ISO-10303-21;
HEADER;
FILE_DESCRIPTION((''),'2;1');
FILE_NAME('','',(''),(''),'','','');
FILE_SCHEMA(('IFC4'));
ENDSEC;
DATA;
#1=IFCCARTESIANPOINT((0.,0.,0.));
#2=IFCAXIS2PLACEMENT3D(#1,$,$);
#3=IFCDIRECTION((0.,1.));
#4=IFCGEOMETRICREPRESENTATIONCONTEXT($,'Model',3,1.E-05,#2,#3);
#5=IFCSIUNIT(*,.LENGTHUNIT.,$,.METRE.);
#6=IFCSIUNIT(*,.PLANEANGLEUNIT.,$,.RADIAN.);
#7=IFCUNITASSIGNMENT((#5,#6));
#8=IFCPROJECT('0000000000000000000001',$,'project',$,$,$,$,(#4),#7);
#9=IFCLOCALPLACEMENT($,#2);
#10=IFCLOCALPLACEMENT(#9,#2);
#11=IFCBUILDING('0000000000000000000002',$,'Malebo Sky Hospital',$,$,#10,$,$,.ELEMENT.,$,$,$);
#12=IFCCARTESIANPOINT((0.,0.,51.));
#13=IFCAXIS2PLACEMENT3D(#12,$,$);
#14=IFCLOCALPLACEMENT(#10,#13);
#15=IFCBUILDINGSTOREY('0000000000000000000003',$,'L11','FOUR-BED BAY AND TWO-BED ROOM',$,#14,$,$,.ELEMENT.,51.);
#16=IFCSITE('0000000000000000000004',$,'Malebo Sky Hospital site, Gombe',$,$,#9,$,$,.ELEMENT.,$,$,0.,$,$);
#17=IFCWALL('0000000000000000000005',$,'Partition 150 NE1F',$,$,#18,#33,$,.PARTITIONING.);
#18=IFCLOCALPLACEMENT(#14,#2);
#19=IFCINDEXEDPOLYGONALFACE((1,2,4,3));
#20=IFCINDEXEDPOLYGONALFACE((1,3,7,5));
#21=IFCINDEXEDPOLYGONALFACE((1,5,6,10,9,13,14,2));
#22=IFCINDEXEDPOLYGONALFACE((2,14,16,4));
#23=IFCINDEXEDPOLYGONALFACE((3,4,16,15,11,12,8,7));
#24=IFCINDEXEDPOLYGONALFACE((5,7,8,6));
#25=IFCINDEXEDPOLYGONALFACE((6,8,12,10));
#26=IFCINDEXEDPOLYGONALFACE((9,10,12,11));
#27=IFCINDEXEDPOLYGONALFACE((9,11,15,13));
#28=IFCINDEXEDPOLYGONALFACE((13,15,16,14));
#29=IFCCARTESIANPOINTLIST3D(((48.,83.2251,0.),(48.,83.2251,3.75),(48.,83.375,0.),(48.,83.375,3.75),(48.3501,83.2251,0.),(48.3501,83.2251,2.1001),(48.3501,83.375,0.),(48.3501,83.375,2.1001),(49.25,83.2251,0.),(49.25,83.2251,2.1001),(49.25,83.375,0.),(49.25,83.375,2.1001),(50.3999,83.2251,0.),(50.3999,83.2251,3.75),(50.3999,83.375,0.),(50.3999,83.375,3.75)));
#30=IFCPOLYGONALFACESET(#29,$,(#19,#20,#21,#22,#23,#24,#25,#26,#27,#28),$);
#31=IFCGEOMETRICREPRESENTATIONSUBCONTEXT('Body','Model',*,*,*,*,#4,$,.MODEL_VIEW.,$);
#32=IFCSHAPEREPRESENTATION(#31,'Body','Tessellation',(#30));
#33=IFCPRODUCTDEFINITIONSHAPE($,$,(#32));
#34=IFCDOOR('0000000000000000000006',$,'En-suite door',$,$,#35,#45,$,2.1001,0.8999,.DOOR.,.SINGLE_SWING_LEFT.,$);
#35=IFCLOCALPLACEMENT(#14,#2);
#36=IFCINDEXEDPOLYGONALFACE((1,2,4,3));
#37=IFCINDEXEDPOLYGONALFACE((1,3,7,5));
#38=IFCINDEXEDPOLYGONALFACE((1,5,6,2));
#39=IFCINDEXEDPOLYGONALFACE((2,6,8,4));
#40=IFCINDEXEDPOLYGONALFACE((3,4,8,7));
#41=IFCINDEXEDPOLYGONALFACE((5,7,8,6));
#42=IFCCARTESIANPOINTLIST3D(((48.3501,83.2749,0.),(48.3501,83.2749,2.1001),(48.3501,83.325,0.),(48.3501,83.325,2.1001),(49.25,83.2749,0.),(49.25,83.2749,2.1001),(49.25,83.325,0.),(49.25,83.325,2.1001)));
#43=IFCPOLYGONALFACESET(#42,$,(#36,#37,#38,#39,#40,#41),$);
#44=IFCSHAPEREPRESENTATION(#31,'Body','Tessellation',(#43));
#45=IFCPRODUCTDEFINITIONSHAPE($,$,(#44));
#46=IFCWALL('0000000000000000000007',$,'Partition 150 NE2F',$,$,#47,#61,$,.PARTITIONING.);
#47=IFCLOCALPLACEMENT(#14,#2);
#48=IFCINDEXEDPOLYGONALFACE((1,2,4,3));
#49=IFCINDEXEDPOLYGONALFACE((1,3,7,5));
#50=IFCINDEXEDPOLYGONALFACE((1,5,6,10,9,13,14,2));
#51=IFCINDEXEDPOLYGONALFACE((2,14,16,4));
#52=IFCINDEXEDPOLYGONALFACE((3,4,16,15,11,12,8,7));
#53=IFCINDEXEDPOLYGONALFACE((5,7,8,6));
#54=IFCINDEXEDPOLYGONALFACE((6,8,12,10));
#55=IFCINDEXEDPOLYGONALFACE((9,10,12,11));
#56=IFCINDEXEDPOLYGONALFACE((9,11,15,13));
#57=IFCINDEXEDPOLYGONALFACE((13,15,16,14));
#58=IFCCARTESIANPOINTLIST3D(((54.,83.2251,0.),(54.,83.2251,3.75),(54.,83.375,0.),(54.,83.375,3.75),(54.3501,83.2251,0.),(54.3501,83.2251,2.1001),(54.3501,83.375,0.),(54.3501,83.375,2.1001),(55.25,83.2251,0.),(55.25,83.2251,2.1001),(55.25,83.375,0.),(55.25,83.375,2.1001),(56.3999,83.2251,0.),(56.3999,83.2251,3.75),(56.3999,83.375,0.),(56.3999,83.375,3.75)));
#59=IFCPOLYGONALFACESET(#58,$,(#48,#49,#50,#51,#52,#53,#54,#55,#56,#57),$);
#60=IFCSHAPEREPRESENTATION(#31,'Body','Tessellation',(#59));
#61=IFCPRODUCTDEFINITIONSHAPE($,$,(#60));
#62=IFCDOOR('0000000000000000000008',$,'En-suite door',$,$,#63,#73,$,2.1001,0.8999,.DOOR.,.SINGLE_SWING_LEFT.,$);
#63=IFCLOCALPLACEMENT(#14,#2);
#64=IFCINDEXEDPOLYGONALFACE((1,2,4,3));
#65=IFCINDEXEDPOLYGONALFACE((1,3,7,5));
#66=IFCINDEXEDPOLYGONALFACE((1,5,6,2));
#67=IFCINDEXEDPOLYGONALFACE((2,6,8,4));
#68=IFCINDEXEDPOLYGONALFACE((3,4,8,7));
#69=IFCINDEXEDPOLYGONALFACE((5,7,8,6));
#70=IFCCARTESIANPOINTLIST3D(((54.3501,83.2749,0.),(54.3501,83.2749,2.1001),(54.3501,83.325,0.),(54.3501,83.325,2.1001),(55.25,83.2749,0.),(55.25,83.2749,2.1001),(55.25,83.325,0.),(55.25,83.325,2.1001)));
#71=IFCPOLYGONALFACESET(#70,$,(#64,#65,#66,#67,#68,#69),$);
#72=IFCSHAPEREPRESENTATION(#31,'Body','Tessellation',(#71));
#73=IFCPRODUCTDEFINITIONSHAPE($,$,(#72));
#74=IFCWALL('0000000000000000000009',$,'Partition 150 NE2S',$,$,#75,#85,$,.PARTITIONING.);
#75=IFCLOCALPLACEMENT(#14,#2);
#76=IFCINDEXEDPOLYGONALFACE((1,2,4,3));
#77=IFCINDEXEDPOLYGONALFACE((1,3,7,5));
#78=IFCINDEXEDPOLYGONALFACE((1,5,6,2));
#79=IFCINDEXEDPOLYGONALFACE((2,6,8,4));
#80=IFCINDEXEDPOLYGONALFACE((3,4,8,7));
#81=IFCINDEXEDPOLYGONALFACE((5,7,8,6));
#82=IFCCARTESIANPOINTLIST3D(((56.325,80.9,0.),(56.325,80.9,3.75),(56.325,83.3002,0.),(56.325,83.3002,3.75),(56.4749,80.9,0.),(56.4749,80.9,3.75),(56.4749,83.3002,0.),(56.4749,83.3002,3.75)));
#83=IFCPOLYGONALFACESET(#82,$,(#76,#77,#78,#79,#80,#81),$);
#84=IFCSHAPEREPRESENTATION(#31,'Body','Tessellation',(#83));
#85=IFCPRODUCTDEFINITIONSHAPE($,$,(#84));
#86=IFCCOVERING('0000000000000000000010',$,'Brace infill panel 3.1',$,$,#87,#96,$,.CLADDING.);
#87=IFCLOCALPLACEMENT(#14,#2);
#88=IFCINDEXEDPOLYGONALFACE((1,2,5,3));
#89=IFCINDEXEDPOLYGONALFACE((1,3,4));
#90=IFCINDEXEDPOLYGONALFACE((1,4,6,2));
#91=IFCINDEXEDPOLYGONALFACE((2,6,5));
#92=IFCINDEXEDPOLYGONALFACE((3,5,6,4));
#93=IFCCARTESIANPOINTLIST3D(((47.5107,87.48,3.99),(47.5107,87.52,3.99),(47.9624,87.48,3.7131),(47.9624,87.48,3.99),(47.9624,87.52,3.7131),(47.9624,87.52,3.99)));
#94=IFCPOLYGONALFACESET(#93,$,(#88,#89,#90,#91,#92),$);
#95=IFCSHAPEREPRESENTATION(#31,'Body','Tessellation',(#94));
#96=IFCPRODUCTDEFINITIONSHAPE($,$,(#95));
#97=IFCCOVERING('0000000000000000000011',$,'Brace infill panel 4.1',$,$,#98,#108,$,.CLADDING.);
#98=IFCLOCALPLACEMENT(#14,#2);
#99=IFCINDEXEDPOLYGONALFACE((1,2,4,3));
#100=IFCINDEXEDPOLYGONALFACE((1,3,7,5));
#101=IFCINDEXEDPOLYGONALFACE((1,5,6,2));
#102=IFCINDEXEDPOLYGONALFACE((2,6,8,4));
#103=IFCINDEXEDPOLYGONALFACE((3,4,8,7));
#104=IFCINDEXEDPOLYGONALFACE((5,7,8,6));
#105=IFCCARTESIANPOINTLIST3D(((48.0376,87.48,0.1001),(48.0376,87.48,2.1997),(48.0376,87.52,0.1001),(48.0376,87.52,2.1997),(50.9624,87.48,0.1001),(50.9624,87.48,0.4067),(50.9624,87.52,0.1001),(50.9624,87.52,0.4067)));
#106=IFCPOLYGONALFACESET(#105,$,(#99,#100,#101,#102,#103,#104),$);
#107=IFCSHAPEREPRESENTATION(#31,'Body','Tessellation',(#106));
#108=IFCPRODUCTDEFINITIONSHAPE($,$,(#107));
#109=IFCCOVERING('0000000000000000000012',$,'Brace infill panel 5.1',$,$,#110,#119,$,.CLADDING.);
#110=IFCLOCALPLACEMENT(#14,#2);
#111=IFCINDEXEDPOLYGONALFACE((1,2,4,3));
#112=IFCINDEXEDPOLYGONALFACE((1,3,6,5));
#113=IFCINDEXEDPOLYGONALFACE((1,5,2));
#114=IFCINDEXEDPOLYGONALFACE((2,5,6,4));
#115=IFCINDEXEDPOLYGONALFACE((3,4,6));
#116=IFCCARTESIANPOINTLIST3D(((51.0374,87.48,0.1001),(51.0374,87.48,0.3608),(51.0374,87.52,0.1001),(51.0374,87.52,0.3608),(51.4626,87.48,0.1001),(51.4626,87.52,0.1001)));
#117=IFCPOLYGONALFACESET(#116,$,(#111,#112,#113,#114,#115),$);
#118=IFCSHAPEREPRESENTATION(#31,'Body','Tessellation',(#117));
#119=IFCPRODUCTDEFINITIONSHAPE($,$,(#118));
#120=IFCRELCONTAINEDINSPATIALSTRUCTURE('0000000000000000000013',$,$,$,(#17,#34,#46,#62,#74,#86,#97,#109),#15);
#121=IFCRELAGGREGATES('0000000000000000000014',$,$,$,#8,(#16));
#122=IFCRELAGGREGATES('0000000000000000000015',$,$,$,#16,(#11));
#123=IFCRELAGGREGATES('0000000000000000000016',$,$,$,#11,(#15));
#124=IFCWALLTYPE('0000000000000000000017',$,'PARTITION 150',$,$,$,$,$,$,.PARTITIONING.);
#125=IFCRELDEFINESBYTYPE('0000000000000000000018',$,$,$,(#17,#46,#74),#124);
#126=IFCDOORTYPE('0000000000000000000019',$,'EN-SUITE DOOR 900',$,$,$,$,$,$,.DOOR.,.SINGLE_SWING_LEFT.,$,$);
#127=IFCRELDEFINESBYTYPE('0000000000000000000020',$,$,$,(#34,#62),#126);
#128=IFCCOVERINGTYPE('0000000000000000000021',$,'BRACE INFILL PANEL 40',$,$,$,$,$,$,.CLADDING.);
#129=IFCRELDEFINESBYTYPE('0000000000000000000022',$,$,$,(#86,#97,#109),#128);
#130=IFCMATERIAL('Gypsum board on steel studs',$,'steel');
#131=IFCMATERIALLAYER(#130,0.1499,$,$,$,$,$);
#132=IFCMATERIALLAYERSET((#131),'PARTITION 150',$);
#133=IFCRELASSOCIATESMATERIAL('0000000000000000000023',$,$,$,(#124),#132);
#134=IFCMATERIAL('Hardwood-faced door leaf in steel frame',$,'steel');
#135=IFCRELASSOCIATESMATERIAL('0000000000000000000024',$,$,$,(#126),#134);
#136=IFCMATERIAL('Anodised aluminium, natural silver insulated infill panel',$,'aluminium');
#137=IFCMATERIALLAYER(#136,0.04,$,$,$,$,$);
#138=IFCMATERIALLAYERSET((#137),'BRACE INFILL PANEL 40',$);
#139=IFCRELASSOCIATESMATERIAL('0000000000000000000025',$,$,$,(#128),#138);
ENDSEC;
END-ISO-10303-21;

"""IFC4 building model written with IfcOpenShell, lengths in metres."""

from ifc_helpers import new_model, si_unit, direction, frame, frame_2d, origin, place, context, subcontext, project, spatial, polyline, rectangle, outline, extrude, material, layer, layer_set, type_object, element, fill, save


model = new_model("IFC4")

# Units and contexts
model_context = context("Model", 3, precision=1e-05, world=origin(), true_north=direction((0.0, 1.0)))
body_context = subcontext(model_context, "Body", "Model", "MODEL_VIEW")
ifc_project = project(units=[si_unit("LENGTHUNIT", "METRE"), si_unit("PLANEANGLEUNIT", "RADIAN")], contexts=[model_context])

# Site, building, storey
site_placement = place(None, origin())
site = spatial("IfcSite", under=ifc_project, at=site_placement, Name="Malebo Sky Hospital site, Gombe", CompositionType="ELEMENT", RefElevation=0.0)
building_placement = place(site_placement, origin())
building = spatial("IfcBuilding", under=site, at=building_placement, Name="Malebo Sky Hospital", CompositionType="ELEMENT")
storey_placement = place(building_placement, frame((0.0, 0.0, 51.0)))
storey = spatial("IfcBuildingStorey", under=building, at=storey_placement, Name="L11", Description="FOUR-BED BAY AND TWO-BED ROOM", CompositionType="ELEMENT", Elevation=51.0)

# Shared definitions
ifc_material_1 = material(Name="Gypsum board on steel studs", Category="steel")
ifc_layer_1 = layer(ifc_material_1, 0.1499)
ifc_layer_set_1 = layer_set([ifc_layer_1], Name="PARTITION 150")
wall_type = type_object("IfcWallType", Name="PARTITION 150", PredefinedType="PARTITIONING", material=ifc_layer_set_1)

# Walls, openings, doors
wall_1_placement = place(storey_placement, frame((48.0, 83.3, 0.0), z_axis=(0.0, 0.0, 1.0), x_axis=(1.0, 0.0, 0.0)))
wall_1 = element("IfcWall", 1, at=wall_1_placement, inside=storey, type_object=wall_type, Name="Partition 150 NE1F", PredefinedType="PARTITIONING", context=body_context, shape_type="SweptSolid", body=[
    extrude(rectangle(XDim=2.3999, YDim=0.1499, at=frame_2d((1.2, 0.0))), origin(), (0.0, 0.0, 1.0), 3.75),
])
opening_1_placement = place(wall_1_placement, frame((0.3501, 0.0, 0.0)))
opening_1 = element("IfcOpeningElement", 2, at=opening_1_placement, cuts=wall_1, PredefinedType="OPENING", context=body_context, shape_type="SweptSolid", body=[
    extrude(rectangle(XDim=0.8999, YDim=2.1001, at=frame_2d((0.45, 1.05))), frame((0.0, 0.085, 0.0), z_axis=(0.0, -1.0, 0.0), x_axis=(1.0, 0.0, 0.0)), (0.0, 0.0, 1.0), 0.1699),
])
ifc_material_2 = material(Name="Hardwood-faced door leaf in steel frame", Category="steel")
door_type = type_object("IfcDoorType", Name="EN-SUITE DOOR 900", OperationType="SINGLE_SWING_LEFT", PredefinedType="DOOR", material=ifc_material_2)
door_1_placement = place(opening_1_placement, origin())
door_1 = element("IfcDoor", 3, at=door_1_placement, inside=storey, type_object=door_type, Name="En-suite door", OperationType="SINGLE_SWING_LEFT", OverallHeight=2.1001, OverallWidth=0.8999, PredefinedType="DOOR", context=body_context, shape_type="SweptSolid", body=[
    extrude(rectangle(XDim=0.8999, YDim=2.1001, at=frame_2d((0.45, 1.05))), frame((0.0, 0.0249, 0.0), z_axis=(0.0, -1.0, 0.0), x_axis=(1.0, 0.0, 0.0)), (0.0, 0.0, 1.0), 0.05),
])
fill(opening_1, door_1)
wall_2_placement = place(storey_placement, frame((54.0, 83.3, 0.0), z_axis=(0.0, 0.0, 1.0), x_axis=(1.0, 0.0, 0.0)))
wall_2 = element("IfcWall", 4, at=wall_2_placement, inside=storey, type_object=wall_type, Name="Partition 150 NE2F", PredefinedType="PARTITIONING", context=body_context, shape_type="SweptSolid", body=[
    extrude(rectangle(XDim=2.3999, YDim=0.1499, at=frame_2d((1.2, 0.0))), origin(), (0.0, 0.0, 1.0), 3.75),
])
opening_2_placement = place(wall_2_placement, frame((0.3501, 0.0, 0.0)))
opening_2 = element("IfcOpeningElement", 5, at=opening_2_placement, cuts=wall_2, PredefinedType="OPENING", context=body_context, shape_type="SweptSolid", body=[
    extrude(rectangle(XDim=0.8999, YDim=2.1001, at=frame_2d((0.45, 1.05))), frame((0.0, 0.085, 0.0), z_axis=(0.0, -1.0, 0.0), x_axis=(1.0, 0.0, 0.0)), (0.0, 0.0, 1.0), 0.1699),
])
door_2_placement = place(opening_2_placement, origin())
door_2 = element("IfcDoor", 6, at=door_2_placement, inside=storey, type_object=door_type, Name="En-suite door", OperationType="SINGLE_SWING_LEFT", OverallHeight=2.1001, OverallWidth=0.8999, PredefinedType="DOOR", context=body_context, shape_type="SweptSolid", body=[
    extrude(rectangle(XDim=0.8999, YDim=2.1001, at=frame_2d((0.45, 1.05))), frame((0.0, 0.0249, 0.0), z_axis=(0.0, -1.0, 0.0), x_axis=(1.0, 0.0, 0.0)), (0.0, 0.0, 1.0), 0.05),
])
fill(opening_2, door_2)

# Wall
wall_3_placement = place(storey_placement, frame((56.3999, 80.8999, 0.0), z_axis=(0.0, 0.0, 1.0), x_axis=(0.0, 1.0, 0.0)))
element("IfcWall", 7, at=wall_3_placement, inside=storey, type_object=wall_type, Name="Partition 150 NE2S", PredefinedType="PARTITIONING", context=body_context, shape_type="SweptSolid", body=[
    extrude(rectangle(XDim=2.4001, YDim=0.1499, at=frame_2d((1.2002, 0.0))), origin(), (0.0, 0.0, 1.0), 3.75),
])

# Coverings
ifc_material_3 = material(Name="Anodised aluminium, natural silver insulated infill panel", Category="aluminium")
ifc_layer_2 = layer(ifc_material_3, 0.04)
ifc_layer_set_2 = layer_set([ifc_layer_2], Name="BRACE INFILL PANEL 40")
covering_type = type_object("IfcCoveringType", Name="BRACE INFILL PANEL 40", PredefinedType="CLADDING", material=ifc_layer_set_2)
covering_1_placement = place(storey_placement, frame((47.7366, 87.5, 3.7131), z_axis=(0.0, 0.0, 1.0), x_axis=(1.0, 0.0, 0.0)))
element("IfcCovering", 8, at=covering_1_placement, inside=storey, type_object=covering_type, Name="Brace infill panel 3.1", PredefinedType="CLADDING", context=body_context, shape_type="SweptSolid", body=[
    extrude(outline(polyline([(0.2258, 0.0), (0.2258, 0.2769), (-0.2258, 0.2769), (0.2258, 0.0)])), frame((0.0, 0.02, 0.0), z_axis=(0.0, -1.0, 0.0), x_axis=(1.0, 0.0, 0.0)), (0.0, 0.0, 1.0), 0.04),
])
covering_2_placement = place(storey_placement, frame((49.5, 87.5, 0.1001), z_axis=(0.0, 0.0, 1.0), x_axis=(1.0, 0.0, 0.0)))
element("IfcCovering", 9, at=covering_2_placement, inside=storey, type_object=covering_type, Name="Brace infill panel 4.1", PredefinedType="CLADDING", context=body_context, shape_type="SweptSolid", body=[
    extrude(outline(polyline([(-1.4624, 0.0), (1.4624, 0.0), (1.4624, 0.3066), (-1.4624, 2.0996), (-1.4624, 0.0)])), frame((0.0, 0.02, 0.0), z_axis=(0.0, -1.0, 0.0), x_axis=(1.0, 0.0, 0.0)), (0.0, 0.0, 1.0), 0.04),
])
covering_3_placement = place(storey_placement, frame((51.25, 87.5, 0.1001), z_axis=(0.0, 0.0, 1.0), x_axis=(1.0, 0.0, 0.0)))
element("IfcCovering", 10, at=covering_3_placement, inside=storey, type_object=covering_type, Name="Brace infill panel 5.1", PredefinedType="CLADDING", context=body_context, shape_type="SweptSolid", body=[
    extrude(outline(polyline([(-0.2126, 0.0), (0.2126, 0.0), (-0.2126, 0.2607), (-0.2126, 0.0)])), frame((0.0, 0.02, 0.0), z_axis=(0.0, -1.0, 0.0), x_axis=(1.0, 0.0, 0.0)), (0.0, 0.0, 1.0), 0.04),
])

save(model, "model.ifc")
